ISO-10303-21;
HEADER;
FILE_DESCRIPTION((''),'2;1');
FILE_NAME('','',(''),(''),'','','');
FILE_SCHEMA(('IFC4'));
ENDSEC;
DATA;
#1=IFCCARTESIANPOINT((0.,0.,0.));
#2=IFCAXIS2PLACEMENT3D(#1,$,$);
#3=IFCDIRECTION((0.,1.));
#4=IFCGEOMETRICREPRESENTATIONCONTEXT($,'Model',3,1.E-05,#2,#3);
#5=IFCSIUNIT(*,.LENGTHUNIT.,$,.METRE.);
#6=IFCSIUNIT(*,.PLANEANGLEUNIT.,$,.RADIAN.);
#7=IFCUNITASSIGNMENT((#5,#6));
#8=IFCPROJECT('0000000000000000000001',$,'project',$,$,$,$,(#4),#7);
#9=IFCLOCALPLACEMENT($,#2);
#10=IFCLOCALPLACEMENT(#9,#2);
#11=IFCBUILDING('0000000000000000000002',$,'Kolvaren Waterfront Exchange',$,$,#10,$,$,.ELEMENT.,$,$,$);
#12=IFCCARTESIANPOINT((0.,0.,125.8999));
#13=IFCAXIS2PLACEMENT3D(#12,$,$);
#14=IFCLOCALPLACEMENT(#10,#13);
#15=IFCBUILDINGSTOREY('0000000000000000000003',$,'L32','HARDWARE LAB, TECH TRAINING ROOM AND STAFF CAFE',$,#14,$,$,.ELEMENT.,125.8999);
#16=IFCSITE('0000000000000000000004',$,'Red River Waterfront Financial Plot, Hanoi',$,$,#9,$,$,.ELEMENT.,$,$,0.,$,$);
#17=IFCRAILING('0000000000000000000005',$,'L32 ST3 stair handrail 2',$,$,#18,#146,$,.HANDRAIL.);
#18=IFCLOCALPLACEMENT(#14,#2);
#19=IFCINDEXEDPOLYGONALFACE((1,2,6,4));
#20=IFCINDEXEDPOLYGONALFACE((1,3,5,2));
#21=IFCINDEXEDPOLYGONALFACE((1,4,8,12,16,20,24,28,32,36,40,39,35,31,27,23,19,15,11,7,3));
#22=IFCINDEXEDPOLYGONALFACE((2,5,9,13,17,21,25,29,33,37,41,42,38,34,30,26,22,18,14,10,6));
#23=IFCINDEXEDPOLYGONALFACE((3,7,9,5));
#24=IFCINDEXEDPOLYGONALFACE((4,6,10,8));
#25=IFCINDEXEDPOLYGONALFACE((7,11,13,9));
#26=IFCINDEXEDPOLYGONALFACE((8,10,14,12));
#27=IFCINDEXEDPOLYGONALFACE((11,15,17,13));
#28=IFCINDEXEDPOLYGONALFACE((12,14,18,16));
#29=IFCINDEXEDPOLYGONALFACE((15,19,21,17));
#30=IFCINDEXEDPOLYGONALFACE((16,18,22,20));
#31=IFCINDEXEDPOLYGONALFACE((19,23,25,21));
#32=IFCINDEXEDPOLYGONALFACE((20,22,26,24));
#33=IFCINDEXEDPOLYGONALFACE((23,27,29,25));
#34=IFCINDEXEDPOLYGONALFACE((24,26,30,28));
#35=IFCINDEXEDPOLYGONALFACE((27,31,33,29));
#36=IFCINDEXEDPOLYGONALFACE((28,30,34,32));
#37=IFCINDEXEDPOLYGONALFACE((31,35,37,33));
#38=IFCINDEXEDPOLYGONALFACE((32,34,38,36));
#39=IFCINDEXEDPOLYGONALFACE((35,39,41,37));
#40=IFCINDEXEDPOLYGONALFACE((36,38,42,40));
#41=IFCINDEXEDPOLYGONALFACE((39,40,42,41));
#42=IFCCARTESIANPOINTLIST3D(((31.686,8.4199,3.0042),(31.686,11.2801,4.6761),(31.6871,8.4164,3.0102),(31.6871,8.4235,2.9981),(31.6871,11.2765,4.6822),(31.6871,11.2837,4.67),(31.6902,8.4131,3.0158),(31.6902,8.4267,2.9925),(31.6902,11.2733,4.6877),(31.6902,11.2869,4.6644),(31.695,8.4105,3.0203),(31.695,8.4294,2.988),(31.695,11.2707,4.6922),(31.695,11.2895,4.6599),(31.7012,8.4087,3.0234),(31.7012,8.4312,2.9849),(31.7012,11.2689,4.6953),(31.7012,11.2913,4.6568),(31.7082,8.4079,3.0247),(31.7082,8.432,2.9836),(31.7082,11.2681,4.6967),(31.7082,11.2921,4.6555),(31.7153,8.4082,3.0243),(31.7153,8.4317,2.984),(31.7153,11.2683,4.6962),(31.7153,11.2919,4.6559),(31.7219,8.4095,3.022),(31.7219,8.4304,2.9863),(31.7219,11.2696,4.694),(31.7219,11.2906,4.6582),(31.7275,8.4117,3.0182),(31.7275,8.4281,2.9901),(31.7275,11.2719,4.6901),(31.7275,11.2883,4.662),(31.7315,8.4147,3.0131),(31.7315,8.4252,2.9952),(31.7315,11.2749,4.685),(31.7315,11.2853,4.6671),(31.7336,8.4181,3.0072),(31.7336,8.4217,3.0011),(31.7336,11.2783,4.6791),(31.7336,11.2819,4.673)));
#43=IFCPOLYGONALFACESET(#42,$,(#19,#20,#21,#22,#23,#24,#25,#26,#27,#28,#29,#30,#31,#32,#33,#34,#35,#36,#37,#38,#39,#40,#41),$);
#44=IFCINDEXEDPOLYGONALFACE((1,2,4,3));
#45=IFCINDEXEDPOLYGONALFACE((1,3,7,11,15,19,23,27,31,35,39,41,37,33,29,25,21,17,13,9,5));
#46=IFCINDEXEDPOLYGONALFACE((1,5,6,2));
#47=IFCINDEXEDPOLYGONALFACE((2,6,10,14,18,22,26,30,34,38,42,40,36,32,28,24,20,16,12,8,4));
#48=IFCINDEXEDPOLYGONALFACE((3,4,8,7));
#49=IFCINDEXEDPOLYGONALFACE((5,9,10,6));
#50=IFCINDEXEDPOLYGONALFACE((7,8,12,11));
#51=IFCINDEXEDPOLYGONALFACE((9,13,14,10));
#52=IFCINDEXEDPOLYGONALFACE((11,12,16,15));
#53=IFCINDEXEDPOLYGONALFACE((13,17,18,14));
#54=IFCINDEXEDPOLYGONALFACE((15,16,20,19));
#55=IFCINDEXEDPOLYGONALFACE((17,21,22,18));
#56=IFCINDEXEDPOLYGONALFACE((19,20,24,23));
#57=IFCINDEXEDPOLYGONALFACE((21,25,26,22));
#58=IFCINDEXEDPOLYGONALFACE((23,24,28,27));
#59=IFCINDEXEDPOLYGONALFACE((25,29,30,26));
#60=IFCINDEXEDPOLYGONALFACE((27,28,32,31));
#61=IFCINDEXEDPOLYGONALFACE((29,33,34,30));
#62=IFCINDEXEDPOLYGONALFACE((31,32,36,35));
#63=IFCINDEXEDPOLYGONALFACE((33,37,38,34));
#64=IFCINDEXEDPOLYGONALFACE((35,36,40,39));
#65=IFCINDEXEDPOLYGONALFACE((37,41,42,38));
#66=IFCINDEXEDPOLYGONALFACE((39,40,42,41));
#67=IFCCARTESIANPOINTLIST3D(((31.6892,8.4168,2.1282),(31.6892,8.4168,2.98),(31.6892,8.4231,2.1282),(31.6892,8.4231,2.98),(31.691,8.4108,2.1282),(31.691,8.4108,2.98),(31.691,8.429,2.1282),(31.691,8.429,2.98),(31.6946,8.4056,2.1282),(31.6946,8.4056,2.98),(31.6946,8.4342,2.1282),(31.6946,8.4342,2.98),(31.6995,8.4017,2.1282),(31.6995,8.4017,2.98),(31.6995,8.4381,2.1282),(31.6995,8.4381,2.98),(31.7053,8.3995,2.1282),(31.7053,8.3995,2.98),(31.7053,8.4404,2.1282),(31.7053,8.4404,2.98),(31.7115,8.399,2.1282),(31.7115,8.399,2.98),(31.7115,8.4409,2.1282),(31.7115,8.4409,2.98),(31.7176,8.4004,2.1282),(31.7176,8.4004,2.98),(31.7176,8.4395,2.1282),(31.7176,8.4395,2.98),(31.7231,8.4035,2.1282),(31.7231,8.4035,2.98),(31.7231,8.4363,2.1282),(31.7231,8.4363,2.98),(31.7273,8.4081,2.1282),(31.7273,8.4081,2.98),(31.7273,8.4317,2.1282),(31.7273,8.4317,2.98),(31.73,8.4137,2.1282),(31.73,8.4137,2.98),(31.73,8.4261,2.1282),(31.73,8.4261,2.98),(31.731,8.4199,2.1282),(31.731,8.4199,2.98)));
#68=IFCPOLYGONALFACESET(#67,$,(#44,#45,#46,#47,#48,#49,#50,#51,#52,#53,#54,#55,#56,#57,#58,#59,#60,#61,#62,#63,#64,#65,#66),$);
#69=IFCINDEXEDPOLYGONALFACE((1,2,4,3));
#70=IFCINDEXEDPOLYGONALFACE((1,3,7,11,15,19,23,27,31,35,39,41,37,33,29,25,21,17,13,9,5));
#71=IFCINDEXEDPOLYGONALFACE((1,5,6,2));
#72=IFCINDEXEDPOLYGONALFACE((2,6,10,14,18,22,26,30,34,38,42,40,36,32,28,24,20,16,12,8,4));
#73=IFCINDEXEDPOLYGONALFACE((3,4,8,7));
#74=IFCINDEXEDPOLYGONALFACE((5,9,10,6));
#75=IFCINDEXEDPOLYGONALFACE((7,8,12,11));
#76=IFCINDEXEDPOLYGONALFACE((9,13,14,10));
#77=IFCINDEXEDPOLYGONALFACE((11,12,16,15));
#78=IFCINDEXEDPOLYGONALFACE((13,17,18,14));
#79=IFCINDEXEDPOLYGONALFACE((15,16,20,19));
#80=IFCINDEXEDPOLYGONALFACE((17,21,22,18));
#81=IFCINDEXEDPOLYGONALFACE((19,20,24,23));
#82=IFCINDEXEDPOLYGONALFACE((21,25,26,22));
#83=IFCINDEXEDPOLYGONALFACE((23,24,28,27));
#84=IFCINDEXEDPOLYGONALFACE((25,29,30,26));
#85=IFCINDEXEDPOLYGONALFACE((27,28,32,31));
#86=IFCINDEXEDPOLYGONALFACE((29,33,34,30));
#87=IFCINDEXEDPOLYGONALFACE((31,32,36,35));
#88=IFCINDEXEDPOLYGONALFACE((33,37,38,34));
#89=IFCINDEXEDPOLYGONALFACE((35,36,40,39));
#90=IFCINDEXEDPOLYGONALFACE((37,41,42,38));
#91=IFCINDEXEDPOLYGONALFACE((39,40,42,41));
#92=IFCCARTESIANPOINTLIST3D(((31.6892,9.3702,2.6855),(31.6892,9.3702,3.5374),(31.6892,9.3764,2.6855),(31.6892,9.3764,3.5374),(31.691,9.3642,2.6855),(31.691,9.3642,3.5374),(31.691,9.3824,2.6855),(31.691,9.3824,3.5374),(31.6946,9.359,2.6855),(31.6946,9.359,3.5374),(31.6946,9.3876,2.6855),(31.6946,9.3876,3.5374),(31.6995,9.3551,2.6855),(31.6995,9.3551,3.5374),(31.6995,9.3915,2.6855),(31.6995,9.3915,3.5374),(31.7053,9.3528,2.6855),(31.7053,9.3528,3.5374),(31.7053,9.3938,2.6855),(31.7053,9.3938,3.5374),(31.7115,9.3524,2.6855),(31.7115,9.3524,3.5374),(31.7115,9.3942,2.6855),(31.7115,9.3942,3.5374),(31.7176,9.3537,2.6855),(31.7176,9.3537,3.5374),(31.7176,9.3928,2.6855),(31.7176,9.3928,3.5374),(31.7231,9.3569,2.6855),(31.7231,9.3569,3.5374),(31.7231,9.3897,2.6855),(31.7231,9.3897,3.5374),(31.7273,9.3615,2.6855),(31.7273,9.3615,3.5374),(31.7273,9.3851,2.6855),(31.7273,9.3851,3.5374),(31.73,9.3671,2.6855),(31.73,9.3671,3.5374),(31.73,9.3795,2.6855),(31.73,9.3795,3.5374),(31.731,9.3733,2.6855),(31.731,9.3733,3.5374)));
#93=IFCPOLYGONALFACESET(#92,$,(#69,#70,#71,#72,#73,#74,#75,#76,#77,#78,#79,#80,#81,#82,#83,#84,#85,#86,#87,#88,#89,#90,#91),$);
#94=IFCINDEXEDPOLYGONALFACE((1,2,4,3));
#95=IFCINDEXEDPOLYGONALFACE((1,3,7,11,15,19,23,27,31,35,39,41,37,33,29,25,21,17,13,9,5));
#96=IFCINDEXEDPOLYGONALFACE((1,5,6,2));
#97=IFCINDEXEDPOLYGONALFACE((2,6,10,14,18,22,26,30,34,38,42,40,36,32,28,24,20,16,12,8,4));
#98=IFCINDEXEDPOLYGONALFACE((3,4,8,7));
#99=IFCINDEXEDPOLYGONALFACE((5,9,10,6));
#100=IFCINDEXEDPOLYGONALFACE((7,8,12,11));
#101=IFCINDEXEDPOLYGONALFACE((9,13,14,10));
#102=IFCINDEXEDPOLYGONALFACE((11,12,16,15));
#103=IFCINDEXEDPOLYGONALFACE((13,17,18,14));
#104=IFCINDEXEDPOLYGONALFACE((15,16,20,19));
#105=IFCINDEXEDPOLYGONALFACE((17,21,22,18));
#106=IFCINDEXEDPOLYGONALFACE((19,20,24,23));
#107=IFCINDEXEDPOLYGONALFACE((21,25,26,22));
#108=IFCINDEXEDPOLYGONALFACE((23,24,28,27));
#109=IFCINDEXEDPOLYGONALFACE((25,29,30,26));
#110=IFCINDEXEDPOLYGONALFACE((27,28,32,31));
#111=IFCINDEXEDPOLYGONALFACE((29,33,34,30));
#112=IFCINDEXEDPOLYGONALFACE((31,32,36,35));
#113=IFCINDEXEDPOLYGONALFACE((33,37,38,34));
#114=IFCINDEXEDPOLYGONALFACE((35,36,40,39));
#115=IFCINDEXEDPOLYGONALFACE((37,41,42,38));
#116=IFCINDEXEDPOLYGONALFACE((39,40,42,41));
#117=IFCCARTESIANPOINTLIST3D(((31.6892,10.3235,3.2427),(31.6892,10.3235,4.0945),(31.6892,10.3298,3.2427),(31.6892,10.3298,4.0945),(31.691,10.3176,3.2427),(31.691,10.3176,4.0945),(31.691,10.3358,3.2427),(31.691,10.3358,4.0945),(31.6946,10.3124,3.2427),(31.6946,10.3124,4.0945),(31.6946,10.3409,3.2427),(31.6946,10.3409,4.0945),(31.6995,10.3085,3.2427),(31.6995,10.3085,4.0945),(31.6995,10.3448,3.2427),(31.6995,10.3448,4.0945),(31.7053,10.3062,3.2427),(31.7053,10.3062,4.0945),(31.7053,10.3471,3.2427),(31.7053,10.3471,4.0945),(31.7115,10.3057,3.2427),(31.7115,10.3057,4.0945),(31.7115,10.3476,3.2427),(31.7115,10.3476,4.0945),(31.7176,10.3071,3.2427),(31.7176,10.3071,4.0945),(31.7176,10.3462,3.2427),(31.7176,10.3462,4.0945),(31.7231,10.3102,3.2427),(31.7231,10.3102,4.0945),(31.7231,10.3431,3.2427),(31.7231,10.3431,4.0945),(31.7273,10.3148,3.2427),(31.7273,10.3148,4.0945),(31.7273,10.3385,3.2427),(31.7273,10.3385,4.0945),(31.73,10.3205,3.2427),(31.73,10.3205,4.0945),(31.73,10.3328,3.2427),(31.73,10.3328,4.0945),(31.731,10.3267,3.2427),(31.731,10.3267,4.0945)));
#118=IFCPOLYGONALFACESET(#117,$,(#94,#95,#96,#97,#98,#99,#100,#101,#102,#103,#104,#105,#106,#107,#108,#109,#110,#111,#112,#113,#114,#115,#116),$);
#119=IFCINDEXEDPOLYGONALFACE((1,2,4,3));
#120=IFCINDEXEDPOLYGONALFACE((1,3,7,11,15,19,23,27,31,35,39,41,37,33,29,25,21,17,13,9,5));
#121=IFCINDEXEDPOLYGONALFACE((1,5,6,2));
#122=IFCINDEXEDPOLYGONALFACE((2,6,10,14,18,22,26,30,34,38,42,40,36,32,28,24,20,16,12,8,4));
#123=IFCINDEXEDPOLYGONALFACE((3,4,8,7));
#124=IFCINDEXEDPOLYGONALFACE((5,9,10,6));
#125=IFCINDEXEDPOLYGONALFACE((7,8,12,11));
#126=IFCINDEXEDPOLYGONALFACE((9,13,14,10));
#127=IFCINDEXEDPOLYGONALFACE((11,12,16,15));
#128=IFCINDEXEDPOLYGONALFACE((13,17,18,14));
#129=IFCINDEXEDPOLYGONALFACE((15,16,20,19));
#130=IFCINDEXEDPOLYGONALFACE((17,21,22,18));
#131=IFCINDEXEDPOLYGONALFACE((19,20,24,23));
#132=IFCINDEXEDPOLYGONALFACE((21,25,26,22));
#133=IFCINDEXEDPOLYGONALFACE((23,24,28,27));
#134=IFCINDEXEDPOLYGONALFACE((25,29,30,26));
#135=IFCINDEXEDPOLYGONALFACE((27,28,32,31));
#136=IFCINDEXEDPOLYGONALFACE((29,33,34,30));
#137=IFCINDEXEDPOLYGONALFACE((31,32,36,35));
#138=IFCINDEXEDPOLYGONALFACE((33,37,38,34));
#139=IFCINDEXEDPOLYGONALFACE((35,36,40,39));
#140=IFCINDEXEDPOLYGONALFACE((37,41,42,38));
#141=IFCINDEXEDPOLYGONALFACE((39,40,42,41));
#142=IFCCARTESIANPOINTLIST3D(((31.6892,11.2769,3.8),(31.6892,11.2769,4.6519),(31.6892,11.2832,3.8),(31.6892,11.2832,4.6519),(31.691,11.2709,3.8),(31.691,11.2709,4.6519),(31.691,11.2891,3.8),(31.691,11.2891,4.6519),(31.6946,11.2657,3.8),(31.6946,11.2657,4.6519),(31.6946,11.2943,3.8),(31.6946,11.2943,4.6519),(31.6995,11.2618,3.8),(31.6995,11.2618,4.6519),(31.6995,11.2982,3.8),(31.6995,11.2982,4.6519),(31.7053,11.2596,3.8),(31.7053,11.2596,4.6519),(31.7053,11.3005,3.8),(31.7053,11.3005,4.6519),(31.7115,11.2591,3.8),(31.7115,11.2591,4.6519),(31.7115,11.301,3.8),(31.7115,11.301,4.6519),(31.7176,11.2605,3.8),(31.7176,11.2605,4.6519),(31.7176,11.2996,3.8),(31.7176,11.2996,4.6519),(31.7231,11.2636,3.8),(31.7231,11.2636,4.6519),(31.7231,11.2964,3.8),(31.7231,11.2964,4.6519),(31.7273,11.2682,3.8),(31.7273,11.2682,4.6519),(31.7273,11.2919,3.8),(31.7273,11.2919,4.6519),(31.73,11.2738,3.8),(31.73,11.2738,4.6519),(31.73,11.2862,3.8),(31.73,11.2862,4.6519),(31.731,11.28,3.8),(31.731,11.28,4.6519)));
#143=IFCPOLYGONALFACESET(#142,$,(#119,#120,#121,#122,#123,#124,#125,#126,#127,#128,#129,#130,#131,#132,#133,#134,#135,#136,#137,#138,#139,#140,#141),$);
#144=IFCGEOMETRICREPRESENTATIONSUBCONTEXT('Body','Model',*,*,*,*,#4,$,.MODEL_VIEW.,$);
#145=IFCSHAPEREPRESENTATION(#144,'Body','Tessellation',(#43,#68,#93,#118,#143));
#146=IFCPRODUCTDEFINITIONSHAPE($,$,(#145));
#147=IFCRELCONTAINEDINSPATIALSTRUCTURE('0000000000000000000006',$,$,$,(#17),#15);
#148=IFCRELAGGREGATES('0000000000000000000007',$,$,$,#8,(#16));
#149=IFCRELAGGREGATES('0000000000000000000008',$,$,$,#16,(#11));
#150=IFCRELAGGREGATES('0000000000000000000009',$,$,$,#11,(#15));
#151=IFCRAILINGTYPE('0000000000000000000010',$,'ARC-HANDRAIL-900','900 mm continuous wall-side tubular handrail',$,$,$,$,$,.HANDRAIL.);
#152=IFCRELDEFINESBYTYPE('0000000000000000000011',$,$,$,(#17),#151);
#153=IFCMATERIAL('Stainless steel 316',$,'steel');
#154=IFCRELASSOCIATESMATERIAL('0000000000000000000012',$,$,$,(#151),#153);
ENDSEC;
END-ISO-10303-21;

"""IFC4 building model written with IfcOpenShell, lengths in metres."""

from ifc_helpers import new_model, si_unit, direction, frame, origin, origin_2d, place, context, subcontext, project, spatial, circle, extrude, material, type_object, element, save


model = new_model("IFC4")

# Units and contexts
model_context = context("Model", 3, precision=1e-05, world=origin(), true_north=direction((0.0, 1.0)))
body_context = subcontext(model_context, "Body", "Model", "MODEL_VIEW")
ifc_project = project(units=[si_unit("LENGTHUNIT", "METRE"), si_unit("PLANEANGLEUNIT", "RADIAN")], contexts=[model_context])

# Site, building, storey
site_placement = place(None, origin())
site = spatial("IfcSite", under=ifc_project, at=site_placement, Name="Red River Waterfront Financial Plot, Hanoi", CompositionType="ELEMENT", RefElevation=0.0)
building_placement = place(site_placement, origin())
building = spatial("IfcBuilding", under=site, at=building_placement, Name="Kolvaren Waterfront Exchange", CompositionType="ELEMENT")
storey_placement = place(building_placement, frame((0.0, 0.0, 125.8999)))
storey = spatial("IfcBuildingStorey", under=building, at=storey_placement, Name="L32", Description="HARDWARE LAB, TECH TRAINING ROOM AND STAFF CAFE", CompositionType="ELEMENT", Elevation=125.8999)

# Railing
ifc_material_1 = material(Name="Stainless steel 316", Category="steel")
railing_type_1 = type_object("IfcRailingType", Name="ARC-HANDRAIL-900", Description="900 mm continuous wall-side tubular handrail", PredefinedType="HANDRAIL", material=ifc_material_1)
railing_1_placement = place(storey_placement, frame((31.71, 8.4199, 2.1282)))
element("IfcRailing", 1, at=railing_1_placement, inside=storey, type_object=railing_type_1, Name="L32 ST3 stair handrail 2", PredefinedType="HANDRAIL", context=body_context, shape_type="SweptSolid", body=[
    extrude(circle(Radius=0.0239, at=origin_2d()), frame((0.0, 0.0, 0.876), z_axis=(0.0, 0.863321, 0.504654), x_axis=(-1.0, 0.0, 0.0)), (0.0, 0.0, 1.0), 3.313),
    extrude(circle(Radius=0.021, at=origin_2d()), origin(), (0.0, 0.0, 1.0), 0.8518),
    extrude(circle(Radius=0.021, at=origin_2d()), frame((0.0, 0.9534, 0.5574)), (0.0, 0.0, 1.0), 0.8518),
    extrude(circle(Radius=0.021, at=origin_2d()), frame((0.0, 1.9067, 1.1145)), (0.0, 0.0, 1.0), 0.8518),
    extrude(circle(Radius=0.021, at=origin_2d()), frame((0.0, 2.8601, 1.6719)), (0.0, 0.0, 1.0), 0.8518),
])

save(model, "model.ifc")
